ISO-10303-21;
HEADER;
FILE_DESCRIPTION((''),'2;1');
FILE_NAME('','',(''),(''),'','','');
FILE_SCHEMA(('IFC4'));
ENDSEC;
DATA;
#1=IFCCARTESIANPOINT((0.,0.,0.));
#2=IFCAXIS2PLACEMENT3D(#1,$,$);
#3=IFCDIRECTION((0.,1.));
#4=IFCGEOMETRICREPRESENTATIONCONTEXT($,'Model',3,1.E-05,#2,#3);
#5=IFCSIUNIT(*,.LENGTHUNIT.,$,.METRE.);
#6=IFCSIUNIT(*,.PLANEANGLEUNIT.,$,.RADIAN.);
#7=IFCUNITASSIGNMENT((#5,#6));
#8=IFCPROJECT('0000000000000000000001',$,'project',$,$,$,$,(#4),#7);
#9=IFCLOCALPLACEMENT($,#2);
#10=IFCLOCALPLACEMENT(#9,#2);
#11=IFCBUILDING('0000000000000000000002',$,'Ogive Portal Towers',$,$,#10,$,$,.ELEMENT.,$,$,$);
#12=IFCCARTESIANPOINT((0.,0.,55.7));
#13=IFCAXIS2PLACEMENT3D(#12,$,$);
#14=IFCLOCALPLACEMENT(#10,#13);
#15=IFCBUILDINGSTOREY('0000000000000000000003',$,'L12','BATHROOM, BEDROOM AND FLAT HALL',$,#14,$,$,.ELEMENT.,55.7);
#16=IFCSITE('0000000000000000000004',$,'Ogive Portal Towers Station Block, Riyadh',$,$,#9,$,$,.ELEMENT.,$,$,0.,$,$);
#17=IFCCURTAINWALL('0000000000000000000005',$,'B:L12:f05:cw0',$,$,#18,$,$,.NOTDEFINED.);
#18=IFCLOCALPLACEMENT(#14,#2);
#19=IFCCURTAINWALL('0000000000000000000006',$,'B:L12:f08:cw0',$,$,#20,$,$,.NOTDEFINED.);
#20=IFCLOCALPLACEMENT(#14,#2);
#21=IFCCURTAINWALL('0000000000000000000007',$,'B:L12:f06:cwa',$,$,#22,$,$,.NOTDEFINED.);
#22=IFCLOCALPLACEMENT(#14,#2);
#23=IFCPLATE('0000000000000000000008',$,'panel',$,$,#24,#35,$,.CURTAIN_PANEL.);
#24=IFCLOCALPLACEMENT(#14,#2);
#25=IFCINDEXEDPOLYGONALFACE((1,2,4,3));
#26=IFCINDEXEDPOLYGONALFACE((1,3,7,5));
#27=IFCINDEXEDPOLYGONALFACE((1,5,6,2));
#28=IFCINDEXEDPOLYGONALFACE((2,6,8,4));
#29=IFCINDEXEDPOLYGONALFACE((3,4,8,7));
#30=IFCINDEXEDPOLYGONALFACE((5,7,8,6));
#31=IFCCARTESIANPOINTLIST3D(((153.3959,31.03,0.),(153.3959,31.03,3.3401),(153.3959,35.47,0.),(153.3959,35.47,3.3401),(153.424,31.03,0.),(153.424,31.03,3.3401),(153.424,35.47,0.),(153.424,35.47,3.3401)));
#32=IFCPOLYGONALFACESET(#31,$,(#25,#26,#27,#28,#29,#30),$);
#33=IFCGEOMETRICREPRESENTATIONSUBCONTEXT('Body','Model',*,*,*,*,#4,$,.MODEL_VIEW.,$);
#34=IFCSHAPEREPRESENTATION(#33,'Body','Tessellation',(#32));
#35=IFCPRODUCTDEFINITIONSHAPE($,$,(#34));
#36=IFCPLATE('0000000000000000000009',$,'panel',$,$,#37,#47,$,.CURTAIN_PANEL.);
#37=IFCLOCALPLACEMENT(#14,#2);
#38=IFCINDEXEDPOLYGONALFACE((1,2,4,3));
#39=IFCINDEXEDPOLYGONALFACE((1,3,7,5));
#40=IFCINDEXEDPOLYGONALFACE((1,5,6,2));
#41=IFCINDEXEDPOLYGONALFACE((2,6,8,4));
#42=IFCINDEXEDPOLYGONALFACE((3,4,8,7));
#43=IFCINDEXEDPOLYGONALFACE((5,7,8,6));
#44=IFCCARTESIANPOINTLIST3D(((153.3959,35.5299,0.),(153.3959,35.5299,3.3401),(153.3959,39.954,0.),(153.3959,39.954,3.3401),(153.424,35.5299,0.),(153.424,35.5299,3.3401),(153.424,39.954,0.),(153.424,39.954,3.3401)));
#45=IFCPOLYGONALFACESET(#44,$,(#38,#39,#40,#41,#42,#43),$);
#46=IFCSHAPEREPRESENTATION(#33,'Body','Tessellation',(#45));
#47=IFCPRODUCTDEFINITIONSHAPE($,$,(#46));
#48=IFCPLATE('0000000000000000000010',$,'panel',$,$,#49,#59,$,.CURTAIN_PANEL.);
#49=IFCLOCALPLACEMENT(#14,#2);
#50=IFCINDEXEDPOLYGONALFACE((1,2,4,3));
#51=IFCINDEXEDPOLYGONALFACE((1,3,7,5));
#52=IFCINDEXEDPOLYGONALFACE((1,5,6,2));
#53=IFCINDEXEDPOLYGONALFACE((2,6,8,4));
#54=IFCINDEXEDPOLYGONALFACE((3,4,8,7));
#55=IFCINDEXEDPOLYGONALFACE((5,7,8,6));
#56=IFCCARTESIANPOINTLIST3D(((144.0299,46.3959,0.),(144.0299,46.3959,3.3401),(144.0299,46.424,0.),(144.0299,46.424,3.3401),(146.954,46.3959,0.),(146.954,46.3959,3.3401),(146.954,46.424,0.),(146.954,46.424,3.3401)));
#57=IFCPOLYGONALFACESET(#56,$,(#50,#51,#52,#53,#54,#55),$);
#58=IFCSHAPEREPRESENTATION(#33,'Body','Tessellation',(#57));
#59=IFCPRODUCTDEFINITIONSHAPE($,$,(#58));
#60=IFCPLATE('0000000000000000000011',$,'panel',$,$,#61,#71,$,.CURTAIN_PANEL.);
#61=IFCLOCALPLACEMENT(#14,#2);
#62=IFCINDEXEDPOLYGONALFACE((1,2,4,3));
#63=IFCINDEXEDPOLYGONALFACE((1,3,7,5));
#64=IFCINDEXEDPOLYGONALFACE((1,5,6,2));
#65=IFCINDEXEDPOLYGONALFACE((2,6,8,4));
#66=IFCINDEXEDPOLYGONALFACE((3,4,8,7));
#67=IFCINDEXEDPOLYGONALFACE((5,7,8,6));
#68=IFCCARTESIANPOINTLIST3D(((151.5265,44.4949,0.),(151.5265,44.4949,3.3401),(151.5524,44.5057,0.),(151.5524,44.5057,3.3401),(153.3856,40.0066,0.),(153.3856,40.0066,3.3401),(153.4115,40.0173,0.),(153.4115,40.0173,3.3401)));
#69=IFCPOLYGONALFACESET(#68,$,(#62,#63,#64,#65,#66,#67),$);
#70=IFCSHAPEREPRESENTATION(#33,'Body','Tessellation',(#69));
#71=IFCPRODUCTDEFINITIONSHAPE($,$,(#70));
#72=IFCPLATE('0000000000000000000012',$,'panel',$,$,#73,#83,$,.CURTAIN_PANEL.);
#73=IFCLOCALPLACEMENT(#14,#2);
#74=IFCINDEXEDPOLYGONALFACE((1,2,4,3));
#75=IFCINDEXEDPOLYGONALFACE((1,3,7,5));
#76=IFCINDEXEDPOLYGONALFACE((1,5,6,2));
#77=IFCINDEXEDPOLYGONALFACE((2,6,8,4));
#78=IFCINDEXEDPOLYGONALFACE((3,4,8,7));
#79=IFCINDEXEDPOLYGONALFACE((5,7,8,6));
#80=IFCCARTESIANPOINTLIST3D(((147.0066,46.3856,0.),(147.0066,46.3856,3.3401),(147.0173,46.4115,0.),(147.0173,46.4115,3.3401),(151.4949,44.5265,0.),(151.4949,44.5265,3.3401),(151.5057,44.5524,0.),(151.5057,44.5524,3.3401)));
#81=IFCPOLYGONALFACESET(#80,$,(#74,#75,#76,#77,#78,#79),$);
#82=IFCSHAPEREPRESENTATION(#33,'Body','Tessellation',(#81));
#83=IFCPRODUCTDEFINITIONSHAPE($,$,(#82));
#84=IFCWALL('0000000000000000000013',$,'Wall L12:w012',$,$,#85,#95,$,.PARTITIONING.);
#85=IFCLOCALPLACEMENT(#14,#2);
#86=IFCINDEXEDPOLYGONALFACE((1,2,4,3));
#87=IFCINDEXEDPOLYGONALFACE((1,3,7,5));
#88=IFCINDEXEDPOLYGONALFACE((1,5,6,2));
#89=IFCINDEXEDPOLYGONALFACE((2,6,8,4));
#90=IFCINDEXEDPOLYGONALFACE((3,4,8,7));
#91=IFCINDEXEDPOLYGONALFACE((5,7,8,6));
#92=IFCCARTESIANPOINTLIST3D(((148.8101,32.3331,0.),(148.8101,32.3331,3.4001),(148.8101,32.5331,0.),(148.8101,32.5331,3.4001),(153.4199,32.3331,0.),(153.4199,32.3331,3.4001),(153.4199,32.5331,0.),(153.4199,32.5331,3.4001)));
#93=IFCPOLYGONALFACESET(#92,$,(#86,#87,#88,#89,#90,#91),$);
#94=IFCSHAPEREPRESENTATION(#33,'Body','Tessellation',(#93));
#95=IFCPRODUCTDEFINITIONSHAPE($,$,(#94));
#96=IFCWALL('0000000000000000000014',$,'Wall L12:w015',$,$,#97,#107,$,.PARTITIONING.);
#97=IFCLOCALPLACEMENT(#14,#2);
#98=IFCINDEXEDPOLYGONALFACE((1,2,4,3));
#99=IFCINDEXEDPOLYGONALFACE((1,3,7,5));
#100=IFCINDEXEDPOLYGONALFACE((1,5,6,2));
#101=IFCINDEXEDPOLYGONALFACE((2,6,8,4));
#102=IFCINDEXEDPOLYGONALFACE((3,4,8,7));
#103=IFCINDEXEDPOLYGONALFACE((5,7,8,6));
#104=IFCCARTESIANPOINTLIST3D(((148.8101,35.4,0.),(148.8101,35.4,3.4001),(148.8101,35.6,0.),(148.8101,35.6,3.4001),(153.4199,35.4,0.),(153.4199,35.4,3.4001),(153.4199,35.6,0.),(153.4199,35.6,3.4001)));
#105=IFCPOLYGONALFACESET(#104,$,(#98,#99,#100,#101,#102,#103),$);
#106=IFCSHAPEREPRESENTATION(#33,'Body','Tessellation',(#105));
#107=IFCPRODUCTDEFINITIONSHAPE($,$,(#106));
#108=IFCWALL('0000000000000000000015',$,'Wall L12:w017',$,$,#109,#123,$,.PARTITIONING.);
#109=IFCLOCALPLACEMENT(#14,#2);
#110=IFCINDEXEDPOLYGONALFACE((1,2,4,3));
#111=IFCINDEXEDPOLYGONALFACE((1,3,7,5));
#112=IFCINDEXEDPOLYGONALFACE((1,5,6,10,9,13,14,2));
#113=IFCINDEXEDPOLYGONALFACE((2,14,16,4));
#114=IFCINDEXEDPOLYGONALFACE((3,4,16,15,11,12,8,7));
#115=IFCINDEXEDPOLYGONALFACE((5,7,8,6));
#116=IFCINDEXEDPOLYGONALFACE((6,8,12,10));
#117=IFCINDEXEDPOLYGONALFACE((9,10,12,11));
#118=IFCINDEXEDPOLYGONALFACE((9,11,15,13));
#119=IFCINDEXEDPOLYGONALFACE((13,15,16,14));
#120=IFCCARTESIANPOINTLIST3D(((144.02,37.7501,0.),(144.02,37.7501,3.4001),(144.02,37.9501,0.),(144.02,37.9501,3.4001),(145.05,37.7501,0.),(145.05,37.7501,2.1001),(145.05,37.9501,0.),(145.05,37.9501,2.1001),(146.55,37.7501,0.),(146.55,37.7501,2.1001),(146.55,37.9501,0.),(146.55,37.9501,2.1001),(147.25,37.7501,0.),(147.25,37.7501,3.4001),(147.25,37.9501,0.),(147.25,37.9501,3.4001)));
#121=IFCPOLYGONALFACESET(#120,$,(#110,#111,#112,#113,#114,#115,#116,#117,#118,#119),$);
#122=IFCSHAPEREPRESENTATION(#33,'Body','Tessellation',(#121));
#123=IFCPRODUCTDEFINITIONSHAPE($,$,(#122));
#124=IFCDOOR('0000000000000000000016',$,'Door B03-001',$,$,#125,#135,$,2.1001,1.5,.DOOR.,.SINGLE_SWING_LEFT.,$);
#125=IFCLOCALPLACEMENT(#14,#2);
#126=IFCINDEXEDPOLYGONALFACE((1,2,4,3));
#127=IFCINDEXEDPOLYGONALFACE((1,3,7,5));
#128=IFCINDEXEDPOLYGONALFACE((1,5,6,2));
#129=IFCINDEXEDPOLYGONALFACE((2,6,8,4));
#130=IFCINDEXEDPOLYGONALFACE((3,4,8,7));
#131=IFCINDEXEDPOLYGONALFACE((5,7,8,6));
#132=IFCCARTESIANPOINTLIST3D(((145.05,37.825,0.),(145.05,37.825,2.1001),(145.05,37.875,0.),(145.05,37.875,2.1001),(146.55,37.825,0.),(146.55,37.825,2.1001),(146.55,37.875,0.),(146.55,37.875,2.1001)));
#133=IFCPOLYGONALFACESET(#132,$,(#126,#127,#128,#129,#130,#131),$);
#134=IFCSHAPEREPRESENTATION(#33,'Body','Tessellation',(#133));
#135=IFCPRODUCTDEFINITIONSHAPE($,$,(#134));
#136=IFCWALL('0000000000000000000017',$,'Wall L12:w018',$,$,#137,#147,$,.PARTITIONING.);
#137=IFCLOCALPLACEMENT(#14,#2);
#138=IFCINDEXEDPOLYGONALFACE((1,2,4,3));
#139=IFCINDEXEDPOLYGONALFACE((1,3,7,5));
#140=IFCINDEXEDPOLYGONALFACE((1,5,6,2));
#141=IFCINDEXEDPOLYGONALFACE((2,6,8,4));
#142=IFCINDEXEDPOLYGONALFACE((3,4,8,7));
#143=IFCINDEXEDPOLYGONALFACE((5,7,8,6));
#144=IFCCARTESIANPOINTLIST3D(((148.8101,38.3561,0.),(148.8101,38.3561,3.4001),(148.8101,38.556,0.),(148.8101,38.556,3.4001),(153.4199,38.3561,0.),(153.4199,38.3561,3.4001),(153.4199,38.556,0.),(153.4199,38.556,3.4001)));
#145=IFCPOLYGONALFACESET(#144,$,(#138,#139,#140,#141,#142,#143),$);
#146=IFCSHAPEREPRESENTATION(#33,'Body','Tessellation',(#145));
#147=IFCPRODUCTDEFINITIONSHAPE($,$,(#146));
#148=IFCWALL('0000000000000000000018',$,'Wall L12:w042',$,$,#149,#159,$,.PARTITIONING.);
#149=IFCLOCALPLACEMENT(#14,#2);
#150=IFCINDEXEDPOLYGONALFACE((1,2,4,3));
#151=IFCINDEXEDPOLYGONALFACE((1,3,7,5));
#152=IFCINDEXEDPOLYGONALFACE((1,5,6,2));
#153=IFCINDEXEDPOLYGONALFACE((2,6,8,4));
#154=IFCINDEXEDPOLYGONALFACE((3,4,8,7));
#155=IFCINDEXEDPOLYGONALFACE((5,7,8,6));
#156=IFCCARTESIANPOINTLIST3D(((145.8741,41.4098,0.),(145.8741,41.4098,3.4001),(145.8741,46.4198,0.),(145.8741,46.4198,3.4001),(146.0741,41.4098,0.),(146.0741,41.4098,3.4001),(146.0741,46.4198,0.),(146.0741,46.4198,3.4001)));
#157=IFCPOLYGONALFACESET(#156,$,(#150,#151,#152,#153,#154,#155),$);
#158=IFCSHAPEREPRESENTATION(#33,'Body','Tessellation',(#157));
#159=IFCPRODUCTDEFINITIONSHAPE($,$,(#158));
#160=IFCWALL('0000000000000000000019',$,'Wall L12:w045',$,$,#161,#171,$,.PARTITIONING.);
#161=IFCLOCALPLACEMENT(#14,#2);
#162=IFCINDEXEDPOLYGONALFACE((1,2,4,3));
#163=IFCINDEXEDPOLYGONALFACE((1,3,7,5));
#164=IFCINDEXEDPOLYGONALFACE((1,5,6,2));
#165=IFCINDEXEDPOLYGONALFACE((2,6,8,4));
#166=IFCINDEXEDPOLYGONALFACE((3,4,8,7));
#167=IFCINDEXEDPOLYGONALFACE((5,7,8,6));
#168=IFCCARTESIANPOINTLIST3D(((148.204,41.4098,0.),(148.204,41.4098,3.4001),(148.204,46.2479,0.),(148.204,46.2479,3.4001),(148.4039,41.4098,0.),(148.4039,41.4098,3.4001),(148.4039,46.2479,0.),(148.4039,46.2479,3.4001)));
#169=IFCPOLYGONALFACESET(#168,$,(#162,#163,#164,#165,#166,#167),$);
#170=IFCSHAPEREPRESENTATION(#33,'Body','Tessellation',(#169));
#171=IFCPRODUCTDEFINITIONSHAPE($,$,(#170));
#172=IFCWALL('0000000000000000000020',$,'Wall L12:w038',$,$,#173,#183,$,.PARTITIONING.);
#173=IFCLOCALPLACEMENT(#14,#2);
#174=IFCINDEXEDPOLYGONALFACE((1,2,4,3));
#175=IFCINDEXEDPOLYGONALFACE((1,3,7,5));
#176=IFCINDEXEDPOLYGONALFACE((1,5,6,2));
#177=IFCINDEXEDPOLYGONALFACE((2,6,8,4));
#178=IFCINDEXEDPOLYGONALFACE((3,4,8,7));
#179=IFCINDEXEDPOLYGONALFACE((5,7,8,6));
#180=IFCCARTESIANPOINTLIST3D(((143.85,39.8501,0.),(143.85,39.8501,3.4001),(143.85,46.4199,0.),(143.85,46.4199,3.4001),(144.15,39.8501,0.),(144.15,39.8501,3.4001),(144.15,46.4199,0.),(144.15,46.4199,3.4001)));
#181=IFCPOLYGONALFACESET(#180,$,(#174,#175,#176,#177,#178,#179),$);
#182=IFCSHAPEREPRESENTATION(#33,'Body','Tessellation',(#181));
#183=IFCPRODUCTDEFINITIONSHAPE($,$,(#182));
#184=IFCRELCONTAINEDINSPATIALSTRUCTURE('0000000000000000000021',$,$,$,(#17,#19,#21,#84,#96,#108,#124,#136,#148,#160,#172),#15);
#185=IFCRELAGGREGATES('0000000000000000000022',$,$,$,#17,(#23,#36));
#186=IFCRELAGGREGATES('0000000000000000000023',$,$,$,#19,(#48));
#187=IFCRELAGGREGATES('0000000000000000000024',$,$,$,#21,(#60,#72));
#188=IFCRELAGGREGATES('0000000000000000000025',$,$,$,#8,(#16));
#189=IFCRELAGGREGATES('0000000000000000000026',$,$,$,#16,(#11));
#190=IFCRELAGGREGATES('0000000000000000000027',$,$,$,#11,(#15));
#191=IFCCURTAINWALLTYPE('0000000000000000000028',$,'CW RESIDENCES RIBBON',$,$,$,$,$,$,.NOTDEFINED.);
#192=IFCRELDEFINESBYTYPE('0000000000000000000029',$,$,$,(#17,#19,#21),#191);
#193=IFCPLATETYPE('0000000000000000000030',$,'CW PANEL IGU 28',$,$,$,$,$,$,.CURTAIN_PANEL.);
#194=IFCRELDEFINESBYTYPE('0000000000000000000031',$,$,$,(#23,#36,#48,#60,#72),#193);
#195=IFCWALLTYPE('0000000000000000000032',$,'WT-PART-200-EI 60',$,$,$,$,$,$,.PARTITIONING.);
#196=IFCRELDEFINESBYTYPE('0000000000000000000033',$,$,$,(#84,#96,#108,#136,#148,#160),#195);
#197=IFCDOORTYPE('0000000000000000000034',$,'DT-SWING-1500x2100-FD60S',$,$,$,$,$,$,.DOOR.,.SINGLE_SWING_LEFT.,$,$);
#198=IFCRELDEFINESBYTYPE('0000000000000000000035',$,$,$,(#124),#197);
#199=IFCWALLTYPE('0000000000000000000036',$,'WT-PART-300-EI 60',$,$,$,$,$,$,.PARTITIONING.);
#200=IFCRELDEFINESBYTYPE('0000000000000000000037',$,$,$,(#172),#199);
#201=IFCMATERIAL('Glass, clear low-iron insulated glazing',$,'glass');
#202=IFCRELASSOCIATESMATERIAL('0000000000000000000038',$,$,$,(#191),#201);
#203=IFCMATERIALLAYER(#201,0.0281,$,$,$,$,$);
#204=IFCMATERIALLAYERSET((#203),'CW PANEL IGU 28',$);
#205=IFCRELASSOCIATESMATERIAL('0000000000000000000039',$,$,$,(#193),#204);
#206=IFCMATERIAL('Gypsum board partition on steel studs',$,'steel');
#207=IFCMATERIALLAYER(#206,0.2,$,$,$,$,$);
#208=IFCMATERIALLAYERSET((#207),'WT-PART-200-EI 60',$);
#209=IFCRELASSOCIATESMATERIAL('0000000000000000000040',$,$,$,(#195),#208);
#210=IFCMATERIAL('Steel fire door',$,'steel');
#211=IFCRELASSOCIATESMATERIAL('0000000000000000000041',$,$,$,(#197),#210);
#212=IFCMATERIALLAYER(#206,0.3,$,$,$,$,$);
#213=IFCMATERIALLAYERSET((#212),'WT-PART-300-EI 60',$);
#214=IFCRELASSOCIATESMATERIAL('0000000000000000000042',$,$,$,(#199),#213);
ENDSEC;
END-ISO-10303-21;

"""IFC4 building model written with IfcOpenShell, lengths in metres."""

from ifc_helpers import new_model, si_unit, direction, frame, frame_2d, origin, origin_2d, place, context, subcontext, project, spatial, rectangle, extrude, material, layer, layer_set, type_object, element, fill, aggregate, save


model = new_model("IFC4")

# Units and contexts
model_context = context("Model", 3, precision=1e-05, world=origin(), true_north=direction((0.0, 1.0)))
body_context = subcontext(model_context, "Body", "Model", "MODEL_VIEW")
ifc_project = project(units=[si_unit("LENGTHUNIT", "METRE"), si_unit("PLANEANGLEUNIT", "RADIAN")], contexts=[model_context])

# Site, building, storey
site_placement = place(None, origin())
site = spatial("IfcSite", under=ifc_project, at=site_placement, Name="Ogive Portal Towers Station Block, Riyadh", CompositionType="ELEMENT", RefElevation=0.0)
building_placement = place(site_placement, origin())
building = spatial("IfcBuilding", under=site, at=building_placement, Name="Ogive Portal Towers", CompositionType="ELEMENT")
storey_placement = place(building_placement, frame((0.0, 0.0, 55.7)))
storey = spatial("IfcBuildingStorey", under=building, at=storey_placement, Name="L12", Description="BATHROOM, BEDROOM AND FLAT HALL", CompositionType="ELEMENT", Elevation=55.7)

# Curtain walls
ifc_material_1 = material(Name="Glass, clear low-iron insulated glazing", Category="glass")
curtain_wall_type = type_object("IfcCurtainWallType", Name="CW RESIDENCES RIBBON", PredefinedType="NOTDEFINED", material=ifc_material_1)
curtain_wall_1_placement = place(storey_placement, origin())
curtain_wall_1 = element("IfcCurtainWall", 1, at=curtain_wall_1_placement, inside=storey, type_object=curtain_wall_type, Name="B:L12:f05:cw0", PredefinedType="NOTDEFINED")
curtain_wall_2_placement = place(storey_placement, origin())
curtain_wall_2 = element("IfcCurtainWall", 2, at=curtain_wall_2_placement, inside=storey, type_object=curtain_wall_type, Name="B:L12:f08:cw0", PredefinedType="NOTDEFINED")

# Curtain wall
curtain_wall_3_placement = place(storey_placement, origin())
curtain_wall_3 = element("IfcCurtainWall", 3, at=curtain_wall_3_placement, inside=storey, type_object=curtain_wall_type, Name="B:L12:f06:cwa", PredefinedType="NOTDEFINED")

# Plates
ifc_layer_1 = layer(ifc_material_1, 0.0281)
ifc_layer_set_1 = layer_set([ifc_layer_1], Name="CW PANEL IGU 28")
plate_type = type_object("IfcPlateType", Name="CW PANEL IGU 28", PredefinedType="CURTAIN_PANEL", material=ifc_layer_set_1)
plate_1_placement = place(storey_placement, frame((153.4099, 33.25, 0.0), z_axis=(0.0, 0.0, 1.0), x_axis=(0.0, 1.0, 0.0)))
plate_1 = element("IfcPlate", 4, at=plate_1_placement, type_object=plate_type, Name="panel", PredefinedType="CURTAIN_PANEL", context=body_context, shape_type="SweptSolid", body=[
    extrude(rectangle(XDim=4.4399, YDim=0.0281, at=origin_2d()), origin(), (0.0, 0.0, 1.0), 3.3401),
])
plate_2_placement = place(storey_placement, frame((153.4099, 37.7419, 0.0), z_axis=(0.0, 0.0, 1.0), x_axis=(0.0, 1.0, 0.0)))
plate_2 = element("IfcPlate", 5, at=plate_2_placement, type_object=plate_type, Name="panel", PredefinedType="CURTAIN_PANEL", context=body_context, shape_type="SweptSolid", body=[
    extrude(rectangle(XDim=4.4241, YDim=0.0281, at=origin_2d()), origin(), (0.0, 0.0, 1.0), 3.3401),
])
aggregate(curtain_wall_1, [plate_1, plate_2])
plate_3_placement = place(storey_placement, frame((145.4919, 46.4099, 0.0), z_axis=(0.0, 0.0, 1.0), x_axis=(-1.0, 0.0, 0.0)))
plate_3 = element("IfcPlate", 6, at=plate_3_placement, type_object=plate_type, Name="panel", PredefinedType="CURTAIN_PANEL", context=body_context, shape_type="SweptSolid", body=[
    extrude(rectangle(XDim=2.9241, YDim=0.0281, at=origin_2d()), origin(), (0.0, 0.0, 1.0), 3.3401),
])
aggregate(curtain_wall_2, [plate_3])
plate_4_placement = place(storey_placement, frame((152.469, 42.2561, 0.0), z_axis=(0.0, 0.0, 1.0), x_axis=(-0.382683, 0.92388, 0.0)))
plate_4 = element("IfcPlate", 7, at=plate_4_placement, type_object=plate_type, Name="panel", PredefinedType="CURTAIN_PANEL", context=body_context, shape_type="SweptSolid", body=[
    extrude(rectangle(XDim=4.8582, YDim=0.0281, at=origin_2d()), origin(), (0.0, 0.0, 1.0), 3.3401),
])
plate_5_placement = place(storey_placement, frame((149.2561, 45.469, 0.0), z_axis=(0.0, 0.0, 1.0), x_axis=(-0.92388, 0.382683, 0.0)))
plate_5 = element("IfcPlate", 8, at=plate_5_placement, type_object=plate_type, Name="panel", PredefinedType="CURTAIN_PANEL", context=body_context, shape_type="SweptSolid", body=[
    extrude(rectangle(XDim=4.8582, YDim=0.0281, at=origin_2d()), origin(), (0.0, 0.0, 1.0), 3.3401),
])
aggregate(curtain_wall_3, [plate_4, plate_5])

# Walls
ifc_material_2 = material(Name="Gypsum board partition on steel studs", Category="steel")
ifc_layer_2 = layer(ifc_material_2, 0.2)
ifc_layer_set_2 = layer_set([ifc_layer_2], Name="WT-PART-200-EI 60")
wall_type_1 = type_object("IfcWallType", Name="WT-PART-200-EI 60", PredefinedType="PARTITIONING", material=ifc_layer_set_2)
for number, where, z_axis, x_axis, name in (
    (9, (148.8101, 32.4331, 0.0), (0.0, 0.0, 1.0), (1.0, 0.0, 0.0), "Wall L12:w012"),
    (10, (148.8101, 35.5, 0.0), (0.0, 0.0, 1.0), (1.0, 0.0, 0.0), "Wall L12:w015"),
):
    element("IfcWall", number, at=place(storey_placement, frame(where, z_axis=z_axis, x_axis=x_axis)), inside=storey, type_object=wall_type_1, Name=name, PredefinedType="PARTITIONING", context=body_context, shape_type="SweptSolid", body=[
        extrude(rectangle(XDim=4.6099, YDim=0.2, at=frame_2d((2.3049, 0.0))), origin(), (0.0, 0.0, 1.0), 3.4001),
    ])

# Wall, opening, door
wall_1_placement = place(storey_placement, frame((144.02, 37.8501, 0.0), z_axis=(0.0, 0.0, 1.0), x_axis=(1.0, 0.0, 0.0)))
wall_1 = element("IfcWall", 11, at=wall_1_placement, inside=storey, type_object=wall_type_1, Name="Wall L12:w017", PredefinedType="PARTITIONING", context=body_context, shape_type="SweptSolid", body=[
    extrude(rectangle(XDim=3.23, YDim=0.2, at=frame_2d((1.615, 0.0))), origin(), (0.0, 0.0, 1.0), 3.4001),
])
opening_placement = place(wall_1_placement, frame((1.03, 0.0, 0.0)))
opening = element("IfcOpeningElement", 12, at=opening_placement, cuts=wall_1, PredefinedType="OPENING", context=body_context, shape_type="SweptSolid", body=[
    extrude(rectangle(XDim=1.5, YDim=2.1001, at=frame_2d((0.75, 1.05))), frame((0.0, 0.1099, 0.0), z_axis=(0.0, -1.0, 0.0), x_axis=(1.0, 0.0, 0.0)), (0.0, 0.0, 1.0), 0.22),
])
ifc_material_3 = material(Name="Steel fire door", Category="steel")
door_type = type_object("IfcDoorType", Name="DT-SWING-1500x2100-FD60S", OperationType="SINGLE_SWING_LEFT", PredefinedType="DOOR", material=ifc_material_3)
door_placement = place(opening_placement, origin())
door = element("IfcDoor", 13, at=door_placement, inside=storey, type_object=door_type, Name="Door B03-001", OperationType="SINGLE_SWING_LEFT", OverallHeight=2.1001, OverallWidth=1.5, PredefinedType="DOOR", context=body_context, shape_type="SweptSolid", body=[
    extrude(rectangle(XDim=1.5, YDim=2.1001, at=frame_2d((0.75, 1.05))), frame((0.0, 0.0249, 0.0), z_axis=(0.0, -1.0, 0.0), x_axis=(1.0, 0.0, 0.0)), (0.0, 0.0, 1.0), 0.05),
])
fill(opening, door)

# Walls
wall_2_placement = place(storey_placement, frame((148.8101, 38.4561, 0.0), z_axis=(0.0, 0.0, 1.0), x_axis=(1.0, 0.0, 0.0)))
element("IfcWall", 14, at=wall_2_placement, inside=storey, type_object=wall_type_1, Name="Wall L12:w018", PredefinedType="PARTITIONING", context=body_context, shape_type="SweptSolid", body=[
    extrude(rectangle(XDim=4.6099, YDim=0.2, at=frame_2d((2.3049, 0.0))), origin(), (0.0, 0.0, 1.0), 3.4001),
])
wall_3_placement = place(storey_placement, frame((145.9741, 41.4099, 0.0), z_axis=(0.0, 0.0, 1.0), x_axis=(0.0, 1.0, 0.0)))
element("IfcWall", 15, at=wall_3_placement, inside=storey, type_object=wall_type_1, Name="Wall L12:w042", PredefinedType="PARTITIONING", context=body_context, shape_type="SweptSolid", body=[
    extrude(rectangle(XDim=5.01, YDim=0.2, at=frame_2d((2.5049, 0.0))), origin(), (0.0, 0.0, 1.0), 3.4001),
])
wall_4_placement = place(storey_placement, frame((148.304, 41.4099, 0.0), z_axis=(0.0, 0.0, 1.0), x_axis=(0.0, 1.0, 0.0)))
element("IfcWall", 16, at=wall_4_placement, inside=storey, type_object=wall_type_1, Name="Wall L12:w045", PredefinedType="PARTITIONING", context=body_context, shape_type="SweptSolid", body=[
    extrude(rectangle(XDim=4.8381, YDim=0.2, at=frame_2d((2.4189, 0.0))), origin(), (0.0, 0.0, 1.0), 3.4001),
])
ifc_layer_3 = layer(ifc_material_2, 0.3)
ifc_layer_set_3 = layer_set([ifc_layer_3], Name="WT-PART-300-EI 60")
wall_type_2 = type_object("IfcWallType", Name="WT-PART-300-EI 60", PredefinedType="PARTITIONING", material=ifc_layer_set_3)
wall_5_placement = place(storey_placement, frame((144.0, 39.8501, 0.0), z_axis=(0.0, 0.0, 1.0), x_axis=(0.0, 1.0, 0.0)))
element("IfcWall", 17, at=wall_5_placement, inside=storey, type_object=wall_type_2, Name="Wall L12:w038", PredefinedType="PARTITIONING", context=body_context, shape_type="SweptSolid", body=[
    extrude(rectangle(XDim=6.5698, YDim=0.3, at=frame_2d((3.2849, 0.0))), origin(), (0.0, 0.0, 1.0), 3.4001),
])

save(model, "model.ifc")
